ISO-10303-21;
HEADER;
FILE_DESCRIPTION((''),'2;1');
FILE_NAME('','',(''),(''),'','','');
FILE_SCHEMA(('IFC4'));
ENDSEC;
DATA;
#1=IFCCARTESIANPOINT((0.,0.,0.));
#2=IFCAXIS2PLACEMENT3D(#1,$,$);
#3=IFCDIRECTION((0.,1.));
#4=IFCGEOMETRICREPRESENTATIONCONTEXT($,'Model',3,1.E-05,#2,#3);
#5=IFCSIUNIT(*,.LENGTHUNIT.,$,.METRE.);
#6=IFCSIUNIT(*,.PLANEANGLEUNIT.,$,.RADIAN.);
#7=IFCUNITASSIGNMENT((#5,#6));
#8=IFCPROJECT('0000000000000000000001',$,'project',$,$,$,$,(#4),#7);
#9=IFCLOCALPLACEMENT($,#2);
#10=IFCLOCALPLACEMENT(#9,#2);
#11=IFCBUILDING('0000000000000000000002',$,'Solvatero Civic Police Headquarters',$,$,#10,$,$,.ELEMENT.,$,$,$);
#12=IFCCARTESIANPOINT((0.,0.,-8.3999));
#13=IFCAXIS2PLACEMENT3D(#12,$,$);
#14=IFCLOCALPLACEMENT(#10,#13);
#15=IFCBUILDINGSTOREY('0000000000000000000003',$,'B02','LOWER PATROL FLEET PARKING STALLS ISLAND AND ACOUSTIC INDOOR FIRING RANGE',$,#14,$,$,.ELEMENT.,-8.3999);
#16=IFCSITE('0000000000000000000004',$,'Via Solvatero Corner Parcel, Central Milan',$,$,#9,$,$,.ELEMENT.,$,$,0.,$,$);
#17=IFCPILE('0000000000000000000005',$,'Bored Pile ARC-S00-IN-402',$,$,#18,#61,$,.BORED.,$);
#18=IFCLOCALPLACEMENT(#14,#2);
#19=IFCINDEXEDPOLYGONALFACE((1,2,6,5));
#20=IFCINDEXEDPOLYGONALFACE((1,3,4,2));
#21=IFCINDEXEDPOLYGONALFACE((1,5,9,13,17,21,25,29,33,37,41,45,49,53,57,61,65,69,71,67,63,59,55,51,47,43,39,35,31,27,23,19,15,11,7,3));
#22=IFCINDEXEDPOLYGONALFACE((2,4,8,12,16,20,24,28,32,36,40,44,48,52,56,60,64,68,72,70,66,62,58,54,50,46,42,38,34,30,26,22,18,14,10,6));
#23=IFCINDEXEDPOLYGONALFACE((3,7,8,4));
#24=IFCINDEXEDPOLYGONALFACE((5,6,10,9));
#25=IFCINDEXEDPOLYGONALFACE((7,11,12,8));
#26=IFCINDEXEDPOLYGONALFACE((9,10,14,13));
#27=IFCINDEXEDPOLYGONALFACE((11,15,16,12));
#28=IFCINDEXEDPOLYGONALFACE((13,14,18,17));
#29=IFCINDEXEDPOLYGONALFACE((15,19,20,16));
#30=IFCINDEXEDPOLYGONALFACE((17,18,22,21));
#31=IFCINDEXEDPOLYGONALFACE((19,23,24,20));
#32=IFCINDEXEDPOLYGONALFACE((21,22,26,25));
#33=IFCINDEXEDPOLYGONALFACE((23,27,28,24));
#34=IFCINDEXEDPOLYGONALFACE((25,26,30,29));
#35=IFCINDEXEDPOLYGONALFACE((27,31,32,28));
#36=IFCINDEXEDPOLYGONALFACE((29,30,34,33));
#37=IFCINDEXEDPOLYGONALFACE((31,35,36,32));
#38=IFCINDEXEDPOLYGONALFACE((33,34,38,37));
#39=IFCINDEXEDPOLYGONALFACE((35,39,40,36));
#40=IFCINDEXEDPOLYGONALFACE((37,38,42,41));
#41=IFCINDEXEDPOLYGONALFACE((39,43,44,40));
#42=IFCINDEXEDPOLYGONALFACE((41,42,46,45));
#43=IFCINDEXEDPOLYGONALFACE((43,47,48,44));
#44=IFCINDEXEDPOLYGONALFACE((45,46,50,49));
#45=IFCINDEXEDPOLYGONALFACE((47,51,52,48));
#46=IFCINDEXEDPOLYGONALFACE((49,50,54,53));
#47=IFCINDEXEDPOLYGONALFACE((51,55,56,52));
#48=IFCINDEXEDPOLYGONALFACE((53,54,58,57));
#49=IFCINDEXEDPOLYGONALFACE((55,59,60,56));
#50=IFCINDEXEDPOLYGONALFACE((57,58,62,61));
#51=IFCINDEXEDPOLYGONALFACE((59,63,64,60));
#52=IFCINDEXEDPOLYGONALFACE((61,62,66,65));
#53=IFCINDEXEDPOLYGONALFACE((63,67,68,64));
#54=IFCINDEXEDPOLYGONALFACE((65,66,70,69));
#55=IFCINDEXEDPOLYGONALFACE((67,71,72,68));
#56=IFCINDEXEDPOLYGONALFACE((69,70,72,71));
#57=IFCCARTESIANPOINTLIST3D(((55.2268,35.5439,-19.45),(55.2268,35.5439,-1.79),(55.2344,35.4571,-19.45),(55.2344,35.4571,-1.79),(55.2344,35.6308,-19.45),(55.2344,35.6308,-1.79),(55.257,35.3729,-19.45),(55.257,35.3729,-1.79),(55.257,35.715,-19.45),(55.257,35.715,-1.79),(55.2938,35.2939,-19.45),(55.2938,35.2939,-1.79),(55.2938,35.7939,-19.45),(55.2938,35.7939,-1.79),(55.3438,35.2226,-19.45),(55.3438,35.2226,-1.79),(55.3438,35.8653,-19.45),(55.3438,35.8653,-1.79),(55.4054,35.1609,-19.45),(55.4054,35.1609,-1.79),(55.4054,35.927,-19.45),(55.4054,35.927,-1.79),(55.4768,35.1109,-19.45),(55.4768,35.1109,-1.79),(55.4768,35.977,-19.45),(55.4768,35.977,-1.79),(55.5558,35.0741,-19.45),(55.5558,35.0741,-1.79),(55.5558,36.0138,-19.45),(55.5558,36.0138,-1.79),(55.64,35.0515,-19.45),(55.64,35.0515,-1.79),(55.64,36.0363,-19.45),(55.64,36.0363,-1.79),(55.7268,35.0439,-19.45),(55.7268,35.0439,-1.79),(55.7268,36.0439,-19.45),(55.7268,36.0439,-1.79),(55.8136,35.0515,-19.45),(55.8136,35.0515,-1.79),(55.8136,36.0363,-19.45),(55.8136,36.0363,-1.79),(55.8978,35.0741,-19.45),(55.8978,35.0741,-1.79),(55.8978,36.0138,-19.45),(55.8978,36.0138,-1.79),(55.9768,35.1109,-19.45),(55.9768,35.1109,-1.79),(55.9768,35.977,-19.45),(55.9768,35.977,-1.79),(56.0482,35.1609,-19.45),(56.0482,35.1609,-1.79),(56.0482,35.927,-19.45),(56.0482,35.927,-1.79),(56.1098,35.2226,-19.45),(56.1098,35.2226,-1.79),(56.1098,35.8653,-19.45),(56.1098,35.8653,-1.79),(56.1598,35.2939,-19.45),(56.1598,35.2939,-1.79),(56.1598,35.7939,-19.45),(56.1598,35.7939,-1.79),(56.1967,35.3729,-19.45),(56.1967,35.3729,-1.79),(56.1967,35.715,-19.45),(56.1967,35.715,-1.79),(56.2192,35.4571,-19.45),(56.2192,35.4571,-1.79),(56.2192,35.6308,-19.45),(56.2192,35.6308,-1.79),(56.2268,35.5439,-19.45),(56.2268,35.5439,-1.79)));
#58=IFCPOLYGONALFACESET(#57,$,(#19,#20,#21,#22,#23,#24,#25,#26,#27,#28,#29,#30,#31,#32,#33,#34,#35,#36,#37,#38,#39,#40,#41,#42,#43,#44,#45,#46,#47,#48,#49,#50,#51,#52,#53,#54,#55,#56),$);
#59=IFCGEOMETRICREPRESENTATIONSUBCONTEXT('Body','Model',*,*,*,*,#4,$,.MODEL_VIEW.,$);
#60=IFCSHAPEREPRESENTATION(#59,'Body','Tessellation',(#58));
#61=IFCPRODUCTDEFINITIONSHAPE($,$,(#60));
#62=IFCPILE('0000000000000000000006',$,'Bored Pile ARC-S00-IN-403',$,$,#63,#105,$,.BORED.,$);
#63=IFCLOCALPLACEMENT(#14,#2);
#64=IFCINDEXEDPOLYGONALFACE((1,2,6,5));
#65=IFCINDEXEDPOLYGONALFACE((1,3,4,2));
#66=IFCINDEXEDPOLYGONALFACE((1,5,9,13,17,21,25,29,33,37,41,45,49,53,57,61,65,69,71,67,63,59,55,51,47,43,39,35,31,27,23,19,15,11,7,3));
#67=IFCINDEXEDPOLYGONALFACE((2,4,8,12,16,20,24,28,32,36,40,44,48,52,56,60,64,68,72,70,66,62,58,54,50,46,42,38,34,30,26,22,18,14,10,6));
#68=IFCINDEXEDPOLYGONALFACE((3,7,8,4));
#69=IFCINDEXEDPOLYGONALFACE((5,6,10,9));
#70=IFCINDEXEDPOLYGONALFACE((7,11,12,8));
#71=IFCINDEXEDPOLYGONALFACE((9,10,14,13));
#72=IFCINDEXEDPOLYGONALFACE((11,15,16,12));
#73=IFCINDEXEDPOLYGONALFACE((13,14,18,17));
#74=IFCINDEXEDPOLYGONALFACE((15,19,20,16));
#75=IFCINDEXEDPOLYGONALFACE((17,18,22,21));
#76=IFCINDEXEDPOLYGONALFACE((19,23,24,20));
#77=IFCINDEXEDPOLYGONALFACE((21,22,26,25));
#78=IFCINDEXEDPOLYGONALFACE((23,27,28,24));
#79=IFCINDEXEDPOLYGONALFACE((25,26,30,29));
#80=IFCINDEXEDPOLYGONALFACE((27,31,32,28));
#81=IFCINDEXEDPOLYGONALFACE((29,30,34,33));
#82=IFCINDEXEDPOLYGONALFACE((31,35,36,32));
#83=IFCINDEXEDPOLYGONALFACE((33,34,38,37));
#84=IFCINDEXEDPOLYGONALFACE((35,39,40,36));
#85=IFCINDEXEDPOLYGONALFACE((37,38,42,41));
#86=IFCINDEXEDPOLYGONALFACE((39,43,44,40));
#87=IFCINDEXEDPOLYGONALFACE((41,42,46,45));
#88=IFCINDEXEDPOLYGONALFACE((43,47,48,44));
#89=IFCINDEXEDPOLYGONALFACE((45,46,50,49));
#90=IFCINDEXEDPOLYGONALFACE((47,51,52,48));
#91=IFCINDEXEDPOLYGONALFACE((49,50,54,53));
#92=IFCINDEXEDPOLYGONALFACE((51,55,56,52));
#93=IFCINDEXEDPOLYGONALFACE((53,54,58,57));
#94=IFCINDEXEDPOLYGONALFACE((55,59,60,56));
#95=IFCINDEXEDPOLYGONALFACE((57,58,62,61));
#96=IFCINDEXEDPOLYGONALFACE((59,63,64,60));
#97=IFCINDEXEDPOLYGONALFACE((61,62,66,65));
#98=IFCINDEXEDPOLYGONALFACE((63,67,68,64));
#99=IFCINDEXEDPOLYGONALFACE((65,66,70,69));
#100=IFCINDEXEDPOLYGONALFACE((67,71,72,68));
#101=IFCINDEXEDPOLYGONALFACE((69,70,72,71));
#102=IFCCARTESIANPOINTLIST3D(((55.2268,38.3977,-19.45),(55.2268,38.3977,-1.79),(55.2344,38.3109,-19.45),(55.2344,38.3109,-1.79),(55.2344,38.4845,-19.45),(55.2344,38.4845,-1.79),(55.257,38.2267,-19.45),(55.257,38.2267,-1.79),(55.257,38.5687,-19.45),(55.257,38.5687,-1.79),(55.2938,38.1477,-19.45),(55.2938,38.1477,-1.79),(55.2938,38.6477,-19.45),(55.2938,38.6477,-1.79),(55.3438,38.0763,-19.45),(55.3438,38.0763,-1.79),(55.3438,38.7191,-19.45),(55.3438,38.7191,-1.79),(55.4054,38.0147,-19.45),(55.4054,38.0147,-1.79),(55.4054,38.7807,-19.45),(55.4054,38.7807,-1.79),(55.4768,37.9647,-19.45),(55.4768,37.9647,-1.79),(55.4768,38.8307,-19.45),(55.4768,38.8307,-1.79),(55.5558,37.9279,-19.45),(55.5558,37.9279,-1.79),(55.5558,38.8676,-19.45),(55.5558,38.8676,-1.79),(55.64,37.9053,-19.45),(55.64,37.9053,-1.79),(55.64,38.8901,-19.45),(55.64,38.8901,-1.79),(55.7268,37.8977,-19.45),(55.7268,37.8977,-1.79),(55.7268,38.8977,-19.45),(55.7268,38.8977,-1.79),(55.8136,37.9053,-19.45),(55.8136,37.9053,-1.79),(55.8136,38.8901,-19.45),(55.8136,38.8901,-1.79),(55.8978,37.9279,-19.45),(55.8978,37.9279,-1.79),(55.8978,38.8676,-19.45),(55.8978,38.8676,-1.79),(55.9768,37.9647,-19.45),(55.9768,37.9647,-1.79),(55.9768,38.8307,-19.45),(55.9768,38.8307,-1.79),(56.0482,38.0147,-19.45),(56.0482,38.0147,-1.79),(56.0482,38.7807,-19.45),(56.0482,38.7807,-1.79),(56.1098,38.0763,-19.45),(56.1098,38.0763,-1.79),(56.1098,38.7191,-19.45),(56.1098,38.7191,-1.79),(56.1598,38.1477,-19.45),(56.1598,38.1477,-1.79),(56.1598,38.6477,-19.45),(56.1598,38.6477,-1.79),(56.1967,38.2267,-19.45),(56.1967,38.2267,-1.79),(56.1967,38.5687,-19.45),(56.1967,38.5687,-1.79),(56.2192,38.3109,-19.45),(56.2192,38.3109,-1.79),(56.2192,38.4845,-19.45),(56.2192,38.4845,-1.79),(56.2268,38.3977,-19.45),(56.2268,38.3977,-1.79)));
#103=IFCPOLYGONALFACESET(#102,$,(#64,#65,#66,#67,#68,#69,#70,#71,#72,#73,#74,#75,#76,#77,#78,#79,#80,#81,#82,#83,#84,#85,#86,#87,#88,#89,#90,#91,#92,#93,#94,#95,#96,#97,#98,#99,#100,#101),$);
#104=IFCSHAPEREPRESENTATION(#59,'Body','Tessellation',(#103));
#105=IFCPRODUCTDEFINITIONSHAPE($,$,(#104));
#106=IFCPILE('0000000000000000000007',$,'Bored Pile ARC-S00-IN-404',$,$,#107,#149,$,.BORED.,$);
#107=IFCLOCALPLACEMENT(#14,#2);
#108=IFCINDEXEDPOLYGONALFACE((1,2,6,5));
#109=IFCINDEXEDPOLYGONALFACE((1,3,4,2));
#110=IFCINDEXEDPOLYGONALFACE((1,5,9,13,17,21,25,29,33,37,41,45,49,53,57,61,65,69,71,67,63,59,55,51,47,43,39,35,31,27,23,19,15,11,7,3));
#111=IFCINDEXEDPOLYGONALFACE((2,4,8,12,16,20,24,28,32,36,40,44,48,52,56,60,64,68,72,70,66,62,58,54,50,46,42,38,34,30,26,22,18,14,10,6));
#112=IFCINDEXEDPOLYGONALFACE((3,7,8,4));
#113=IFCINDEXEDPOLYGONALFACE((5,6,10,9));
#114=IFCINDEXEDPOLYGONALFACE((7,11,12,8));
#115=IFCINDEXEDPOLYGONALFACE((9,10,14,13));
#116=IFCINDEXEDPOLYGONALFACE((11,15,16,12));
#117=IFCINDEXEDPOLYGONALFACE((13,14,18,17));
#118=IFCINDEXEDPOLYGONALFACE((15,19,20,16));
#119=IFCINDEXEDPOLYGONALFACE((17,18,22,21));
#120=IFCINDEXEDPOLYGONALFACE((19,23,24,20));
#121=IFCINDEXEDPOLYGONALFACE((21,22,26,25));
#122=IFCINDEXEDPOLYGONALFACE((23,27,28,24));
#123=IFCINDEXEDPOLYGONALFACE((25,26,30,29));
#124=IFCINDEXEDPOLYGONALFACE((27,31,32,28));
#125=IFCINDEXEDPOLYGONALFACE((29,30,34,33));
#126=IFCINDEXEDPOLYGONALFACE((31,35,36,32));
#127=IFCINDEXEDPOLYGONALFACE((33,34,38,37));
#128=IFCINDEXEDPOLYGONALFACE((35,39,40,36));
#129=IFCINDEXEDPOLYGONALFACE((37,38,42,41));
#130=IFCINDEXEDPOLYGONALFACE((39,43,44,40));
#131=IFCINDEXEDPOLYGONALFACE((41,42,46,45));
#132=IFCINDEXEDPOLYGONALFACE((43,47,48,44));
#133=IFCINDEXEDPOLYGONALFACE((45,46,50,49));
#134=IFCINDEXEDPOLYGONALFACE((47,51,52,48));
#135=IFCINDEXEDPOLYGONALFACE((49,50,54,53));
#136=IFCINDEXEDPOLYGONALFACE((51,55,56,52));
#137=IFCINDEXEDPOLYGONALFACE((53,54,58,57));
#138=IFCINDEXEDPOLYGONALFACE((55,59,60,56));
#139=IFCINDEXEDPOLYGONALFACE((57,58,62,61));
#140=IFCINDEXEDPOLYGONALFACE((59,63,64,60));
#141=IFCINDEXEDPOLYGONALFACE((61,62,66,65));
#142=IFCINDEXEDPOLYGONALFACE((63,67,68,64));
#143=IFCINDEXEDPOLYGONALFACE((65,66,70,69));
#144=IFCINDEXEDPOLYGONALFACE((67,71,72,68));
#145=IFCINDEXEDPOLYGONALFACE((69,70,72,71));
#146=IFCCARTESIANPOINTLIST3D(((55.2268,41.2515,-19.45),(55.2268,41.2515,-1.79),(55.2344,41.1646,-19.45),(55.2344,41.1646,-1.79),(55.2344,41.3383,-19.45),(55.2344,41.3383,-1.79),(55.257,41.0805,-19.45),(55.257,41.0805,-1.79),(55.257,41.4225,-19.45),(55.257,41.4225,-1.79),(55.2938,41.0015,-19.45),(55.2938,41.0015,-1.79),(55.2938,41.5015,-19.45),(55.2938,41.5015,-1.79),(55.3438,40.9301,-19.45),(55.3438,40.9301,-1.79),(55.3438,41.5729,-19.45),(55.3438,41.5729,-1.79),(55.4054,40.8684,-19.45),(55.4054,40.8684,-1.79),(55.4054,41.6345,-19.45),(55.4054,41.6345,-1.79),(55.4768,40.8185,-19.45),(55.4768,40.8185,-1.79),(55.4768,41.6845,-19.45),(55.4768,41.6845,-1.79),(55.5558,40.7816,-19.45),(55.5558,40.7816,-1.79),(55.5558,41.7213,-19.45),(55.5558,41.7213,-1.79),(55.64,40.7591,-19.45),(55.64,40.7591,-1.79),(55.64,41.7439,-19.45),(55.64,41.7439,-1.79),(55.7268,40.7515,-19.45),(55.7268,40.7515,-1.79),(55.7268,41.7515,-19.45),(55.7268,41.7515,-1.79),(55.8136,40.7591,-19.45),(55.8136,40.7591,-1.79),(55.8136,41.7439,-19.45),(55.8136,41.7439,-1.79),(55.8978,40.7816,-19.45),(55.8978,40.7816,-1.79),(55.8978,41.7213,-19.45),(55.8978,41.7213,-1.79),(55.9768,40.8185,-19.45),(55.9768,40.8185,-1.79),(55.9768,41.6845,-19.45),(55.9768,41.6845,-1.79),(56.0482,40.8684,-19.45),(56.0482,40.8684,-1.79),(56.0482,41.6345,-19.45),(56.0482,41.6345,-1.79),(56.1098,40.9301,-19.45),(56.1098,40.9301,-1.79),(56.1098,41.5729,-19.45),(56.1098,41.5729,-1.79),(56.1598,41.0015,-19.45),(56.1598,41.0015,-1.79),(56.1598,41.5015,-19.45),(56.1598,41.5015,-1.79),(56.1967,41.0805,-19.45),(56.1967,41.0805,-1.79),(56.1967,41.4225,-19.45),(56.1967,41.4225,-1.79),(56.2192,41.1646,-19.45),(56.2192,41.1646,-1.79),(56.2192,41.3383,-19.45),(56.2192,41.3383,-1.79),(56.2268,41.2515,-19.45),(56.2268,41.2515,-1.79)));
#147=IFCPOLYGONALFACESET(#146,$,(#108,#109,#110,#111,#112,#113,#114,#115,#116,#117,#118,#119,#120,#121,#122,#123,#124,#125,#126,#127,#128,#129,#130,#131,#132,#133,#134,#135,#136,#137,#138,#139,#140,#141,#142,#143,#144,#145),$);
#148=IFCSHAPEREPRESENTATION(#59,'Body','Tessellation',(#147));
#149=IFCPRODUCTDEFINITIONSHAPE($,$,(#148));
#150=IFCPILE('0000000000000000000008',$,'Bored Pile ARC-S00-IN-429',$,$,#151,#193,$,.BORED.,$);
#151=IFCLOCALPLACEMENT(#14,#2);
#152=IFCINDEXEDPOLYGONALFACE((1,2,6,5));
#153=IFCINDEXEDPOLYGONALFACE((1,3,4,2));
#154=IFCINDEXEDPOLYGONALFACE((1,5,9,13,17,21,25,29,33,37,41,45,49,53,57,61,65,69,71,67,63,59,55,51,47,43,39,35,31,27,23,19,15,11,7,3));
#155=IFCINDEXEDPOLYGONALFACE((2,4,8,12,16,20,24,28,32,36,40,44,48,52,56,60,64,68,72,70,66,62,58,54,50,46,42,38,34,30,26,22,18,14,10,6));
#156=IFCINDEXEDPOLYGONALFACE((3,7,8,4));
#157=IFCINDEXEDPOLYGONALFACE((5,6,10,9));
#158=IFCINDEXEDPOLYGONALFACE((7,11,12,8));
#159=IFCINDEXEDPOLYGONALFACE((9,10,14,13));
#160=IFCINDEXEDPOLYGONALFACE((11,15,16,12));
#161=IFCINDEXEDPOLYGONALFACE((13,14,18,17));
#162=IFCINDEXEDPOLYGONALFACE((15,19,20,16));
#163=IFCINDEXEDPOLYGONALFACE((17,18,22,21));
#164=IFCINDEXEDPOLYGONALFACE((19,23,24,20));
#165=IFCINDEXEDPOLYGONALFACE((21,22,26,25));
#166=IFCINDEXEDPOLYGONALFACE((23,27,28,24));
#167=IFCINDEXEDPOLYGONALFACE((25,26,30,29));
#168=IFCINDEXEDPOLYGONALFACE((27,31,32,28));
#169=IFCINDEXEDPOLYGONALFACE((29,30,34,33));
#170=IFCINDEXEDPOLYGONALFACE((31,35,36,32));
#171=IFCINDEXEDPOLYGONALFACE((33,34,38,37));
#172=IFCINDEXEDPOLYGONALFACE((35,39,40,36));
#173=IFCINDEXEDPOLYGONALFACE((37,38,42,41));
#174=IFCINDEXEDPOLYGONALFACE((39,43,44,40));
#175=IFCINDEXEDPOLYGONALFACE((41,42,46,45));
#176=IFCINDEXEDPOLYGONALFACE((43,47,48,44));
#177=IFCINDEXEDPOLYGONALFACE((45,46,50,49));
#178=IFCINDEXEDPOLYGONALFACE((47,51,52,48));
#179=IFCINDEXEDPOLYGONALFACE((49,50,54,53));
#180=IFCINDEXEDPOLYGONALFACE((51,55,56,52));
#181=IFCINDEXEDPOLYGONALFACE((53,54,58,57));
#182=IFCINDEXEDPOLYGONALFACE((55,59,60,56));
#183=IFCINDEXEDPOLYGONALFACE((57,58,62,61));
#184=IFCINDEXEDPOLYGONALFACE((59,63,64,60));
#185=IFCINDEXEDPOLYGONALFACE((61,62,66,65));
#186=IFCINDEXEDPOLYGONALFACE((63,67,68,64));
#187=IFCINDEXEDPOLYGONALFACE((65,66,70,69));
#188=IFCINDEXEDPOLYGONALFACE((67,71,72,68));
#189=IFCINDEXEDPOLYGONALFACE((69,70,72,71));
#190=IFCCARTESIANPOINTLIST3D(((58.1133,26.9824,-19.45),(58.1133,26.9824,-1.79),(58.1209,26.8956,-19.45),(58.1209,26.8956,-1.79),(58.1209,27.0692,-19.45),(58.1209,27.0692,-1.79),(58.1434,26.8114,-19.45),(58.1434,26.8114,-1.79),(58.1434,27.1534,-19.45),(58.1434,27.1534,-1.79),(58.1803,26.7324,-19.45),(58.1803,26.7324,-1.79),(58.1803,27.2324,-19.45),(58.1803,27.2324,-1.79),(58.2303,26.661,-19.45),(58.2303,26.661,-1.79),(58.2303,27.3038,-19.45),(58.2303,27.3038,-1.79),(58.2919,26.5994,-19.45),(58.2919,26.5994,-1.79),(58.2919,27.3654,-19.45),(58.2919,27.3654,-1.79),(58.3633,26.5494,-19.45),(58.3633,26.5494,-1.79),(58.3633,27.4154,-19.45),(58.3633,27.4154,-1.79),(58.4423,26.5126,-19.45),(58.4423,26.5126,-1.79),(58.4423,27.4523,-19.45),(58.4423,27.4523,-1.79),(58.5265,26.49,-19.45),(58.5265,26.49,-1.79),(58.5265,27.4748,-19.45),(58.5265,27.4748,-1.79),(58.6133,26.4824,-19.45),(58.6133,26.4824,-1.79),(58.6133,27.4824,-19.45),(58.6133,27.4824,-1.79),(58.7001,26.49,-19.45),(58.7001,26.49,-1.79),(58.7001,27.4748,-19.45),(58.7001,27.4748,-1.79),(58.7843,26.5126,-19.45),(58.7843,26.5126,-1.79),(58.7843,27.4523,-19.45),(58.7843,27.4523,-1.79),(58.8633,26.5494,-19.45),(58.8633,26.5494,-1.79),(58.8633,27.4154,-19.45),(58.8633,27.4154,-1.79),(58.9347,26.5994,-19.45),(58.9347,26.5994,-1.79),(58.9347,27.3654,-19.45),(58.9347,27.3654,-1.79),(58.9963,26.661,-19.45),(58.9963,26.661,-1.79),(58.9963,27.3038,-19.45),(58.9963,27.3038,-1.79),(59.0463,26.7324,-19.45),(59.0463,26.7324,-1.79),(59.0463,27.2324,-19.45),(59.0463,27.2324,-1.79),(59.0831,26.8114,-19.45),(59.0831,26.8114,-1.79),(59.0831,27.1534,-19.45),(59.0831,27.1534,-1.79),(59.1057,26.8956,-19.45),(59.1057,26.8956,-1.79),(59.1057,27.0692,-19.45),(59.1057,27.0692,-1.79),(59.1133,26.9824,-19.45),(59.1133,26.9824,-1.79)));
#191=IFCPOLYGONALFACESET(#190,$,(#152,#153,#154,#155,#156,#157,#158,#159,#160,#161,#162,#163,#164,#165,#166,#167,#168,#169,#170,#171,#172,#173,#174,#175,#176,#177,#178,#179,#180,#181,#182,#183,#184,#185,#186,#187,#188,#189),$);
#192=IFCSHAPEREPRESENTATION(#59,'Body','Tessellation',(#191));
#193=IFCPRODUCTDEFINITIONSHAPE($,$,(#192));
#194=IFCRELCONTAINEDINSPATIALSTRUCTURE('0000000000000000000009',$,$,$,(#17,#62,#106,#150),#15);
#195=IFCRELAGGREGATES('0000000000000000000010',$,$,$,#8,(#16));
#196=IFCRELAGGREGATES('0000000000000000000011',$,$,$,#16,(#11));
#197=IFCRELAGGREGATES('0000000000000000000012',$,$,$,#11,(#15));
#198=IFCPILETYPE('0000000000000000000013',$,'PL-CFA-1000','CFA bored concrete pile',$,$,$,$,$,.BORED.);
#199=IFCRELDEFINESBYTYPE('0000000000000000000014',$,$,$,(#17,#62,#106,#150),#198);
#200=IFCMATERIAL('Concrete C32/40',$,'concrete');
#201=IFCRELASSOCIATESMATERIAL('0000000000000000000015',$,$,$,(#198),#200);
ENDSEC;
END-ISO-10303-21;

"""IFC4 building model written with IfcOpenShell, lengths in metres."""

from ifc_helpers import new_model, si_unit, direction, frame, origin, origin_2d, place, context, subcontext, project, spatial, circle, extrude, material, material_profile, profile_set, type_object, element, save


model = new_model("IFC4")

# Units and contexts
model_context = context("Model", 3, precision=1e-05, world=origin(), true_north=direction((0.0, 1.0)))
body_context = subcontext(model_context, "Body", "Model", "MODEL_VIEW")
ifc_project = project(units=[si_unit("LENGTHUNIT", "METRE"), si_unit("PLANEANGLEUNIT", "RADIAN")], contexts=[model_context])

# Site, building, storey
site_placement = place(None, origin())
site = spatial("IfcSite", under=ifc_project, at=site_placement, Name="Via Solvatero Corner Parcel, Central Milan", CompositionType="ELEMENT", RefElevation=0.0)
building_placement = place(site_placement, origin())
building = spatial("IfcBuilding", under=site, at=building_placement, Name="Solvatero Civic Police Headquarters", CompositionType="ELEMENT")
storey_placement = place(building_placement, frame((0.0, 0.0, -8.3999)))
storey = spatial("IfcBuildingStorey", under=building, at=storey_placement, Name="B02", Description="LOWER PATROL FLEET PARKING STALLS ISLAND AND ACOUSTIC INDOOR FIRING RANGE", CompositionType="ELEMENT", Elevation=-8.3999)

# Piles
ifc_material_1 = material(Name="Concrete C32/40", Category="concrete")
ifc_material_profile_1 = material_profile(ifc_material_1, circle(Radius=0.5, at=origin_2d()), Name="CFA PILE D1000")
ifc_profile_set_1 = profile_set([ifc_material_profile_1], Name="Concrete C32/40")
pile_type = type_object("IfcPileType", Name="PL-CFA-1000", Description="CFA bored concrete pile", PredefinedType="BORED", material=ifc_profile_set_1)
for number, where, z_axis, x_axis, name in (
    (1, (55.7268, 35.5439, -1.79), (0.0, 0.0, -1.0), (1.0, 0.0, 0.0), "Bored Pile ARC-S00-IN-402"),
    (2, (55.7268, 38.3977, -1.79), (0.0, 0.0, -1.0), (1.0, 0.0, 0.0), "Bored Pile ARC-S00-IN-403"),
    (3, (55.7268, 41.2515, -1.79), (0.0, 0.0, -1.0), (1.0, 0.0, 0.0), "Bored Pile ARC-S00-IN-404"),
    (4, (58.6133, 26.9824, -1.79), (0.0, 0.0, -1.0), (1.0, 0.0, 0.0), "Bored Pile ARC-S00-IN-429"),
):
    element("IfcPile", number, at=place(storey_placement, frame(where, z_axis=z_axis, x_axis=x_axis)), inside=storey, type_object=pile_type, Name=name, PredefinedType="BORED", context=body_context, shape_type="SweptSolid", body=[
        extrude(circle(Radius=0.5, at=origin_2d()), origin(), (0.0, 0.0, 1.0), 17.6599),
    ])

save(model, "model.ifc")
